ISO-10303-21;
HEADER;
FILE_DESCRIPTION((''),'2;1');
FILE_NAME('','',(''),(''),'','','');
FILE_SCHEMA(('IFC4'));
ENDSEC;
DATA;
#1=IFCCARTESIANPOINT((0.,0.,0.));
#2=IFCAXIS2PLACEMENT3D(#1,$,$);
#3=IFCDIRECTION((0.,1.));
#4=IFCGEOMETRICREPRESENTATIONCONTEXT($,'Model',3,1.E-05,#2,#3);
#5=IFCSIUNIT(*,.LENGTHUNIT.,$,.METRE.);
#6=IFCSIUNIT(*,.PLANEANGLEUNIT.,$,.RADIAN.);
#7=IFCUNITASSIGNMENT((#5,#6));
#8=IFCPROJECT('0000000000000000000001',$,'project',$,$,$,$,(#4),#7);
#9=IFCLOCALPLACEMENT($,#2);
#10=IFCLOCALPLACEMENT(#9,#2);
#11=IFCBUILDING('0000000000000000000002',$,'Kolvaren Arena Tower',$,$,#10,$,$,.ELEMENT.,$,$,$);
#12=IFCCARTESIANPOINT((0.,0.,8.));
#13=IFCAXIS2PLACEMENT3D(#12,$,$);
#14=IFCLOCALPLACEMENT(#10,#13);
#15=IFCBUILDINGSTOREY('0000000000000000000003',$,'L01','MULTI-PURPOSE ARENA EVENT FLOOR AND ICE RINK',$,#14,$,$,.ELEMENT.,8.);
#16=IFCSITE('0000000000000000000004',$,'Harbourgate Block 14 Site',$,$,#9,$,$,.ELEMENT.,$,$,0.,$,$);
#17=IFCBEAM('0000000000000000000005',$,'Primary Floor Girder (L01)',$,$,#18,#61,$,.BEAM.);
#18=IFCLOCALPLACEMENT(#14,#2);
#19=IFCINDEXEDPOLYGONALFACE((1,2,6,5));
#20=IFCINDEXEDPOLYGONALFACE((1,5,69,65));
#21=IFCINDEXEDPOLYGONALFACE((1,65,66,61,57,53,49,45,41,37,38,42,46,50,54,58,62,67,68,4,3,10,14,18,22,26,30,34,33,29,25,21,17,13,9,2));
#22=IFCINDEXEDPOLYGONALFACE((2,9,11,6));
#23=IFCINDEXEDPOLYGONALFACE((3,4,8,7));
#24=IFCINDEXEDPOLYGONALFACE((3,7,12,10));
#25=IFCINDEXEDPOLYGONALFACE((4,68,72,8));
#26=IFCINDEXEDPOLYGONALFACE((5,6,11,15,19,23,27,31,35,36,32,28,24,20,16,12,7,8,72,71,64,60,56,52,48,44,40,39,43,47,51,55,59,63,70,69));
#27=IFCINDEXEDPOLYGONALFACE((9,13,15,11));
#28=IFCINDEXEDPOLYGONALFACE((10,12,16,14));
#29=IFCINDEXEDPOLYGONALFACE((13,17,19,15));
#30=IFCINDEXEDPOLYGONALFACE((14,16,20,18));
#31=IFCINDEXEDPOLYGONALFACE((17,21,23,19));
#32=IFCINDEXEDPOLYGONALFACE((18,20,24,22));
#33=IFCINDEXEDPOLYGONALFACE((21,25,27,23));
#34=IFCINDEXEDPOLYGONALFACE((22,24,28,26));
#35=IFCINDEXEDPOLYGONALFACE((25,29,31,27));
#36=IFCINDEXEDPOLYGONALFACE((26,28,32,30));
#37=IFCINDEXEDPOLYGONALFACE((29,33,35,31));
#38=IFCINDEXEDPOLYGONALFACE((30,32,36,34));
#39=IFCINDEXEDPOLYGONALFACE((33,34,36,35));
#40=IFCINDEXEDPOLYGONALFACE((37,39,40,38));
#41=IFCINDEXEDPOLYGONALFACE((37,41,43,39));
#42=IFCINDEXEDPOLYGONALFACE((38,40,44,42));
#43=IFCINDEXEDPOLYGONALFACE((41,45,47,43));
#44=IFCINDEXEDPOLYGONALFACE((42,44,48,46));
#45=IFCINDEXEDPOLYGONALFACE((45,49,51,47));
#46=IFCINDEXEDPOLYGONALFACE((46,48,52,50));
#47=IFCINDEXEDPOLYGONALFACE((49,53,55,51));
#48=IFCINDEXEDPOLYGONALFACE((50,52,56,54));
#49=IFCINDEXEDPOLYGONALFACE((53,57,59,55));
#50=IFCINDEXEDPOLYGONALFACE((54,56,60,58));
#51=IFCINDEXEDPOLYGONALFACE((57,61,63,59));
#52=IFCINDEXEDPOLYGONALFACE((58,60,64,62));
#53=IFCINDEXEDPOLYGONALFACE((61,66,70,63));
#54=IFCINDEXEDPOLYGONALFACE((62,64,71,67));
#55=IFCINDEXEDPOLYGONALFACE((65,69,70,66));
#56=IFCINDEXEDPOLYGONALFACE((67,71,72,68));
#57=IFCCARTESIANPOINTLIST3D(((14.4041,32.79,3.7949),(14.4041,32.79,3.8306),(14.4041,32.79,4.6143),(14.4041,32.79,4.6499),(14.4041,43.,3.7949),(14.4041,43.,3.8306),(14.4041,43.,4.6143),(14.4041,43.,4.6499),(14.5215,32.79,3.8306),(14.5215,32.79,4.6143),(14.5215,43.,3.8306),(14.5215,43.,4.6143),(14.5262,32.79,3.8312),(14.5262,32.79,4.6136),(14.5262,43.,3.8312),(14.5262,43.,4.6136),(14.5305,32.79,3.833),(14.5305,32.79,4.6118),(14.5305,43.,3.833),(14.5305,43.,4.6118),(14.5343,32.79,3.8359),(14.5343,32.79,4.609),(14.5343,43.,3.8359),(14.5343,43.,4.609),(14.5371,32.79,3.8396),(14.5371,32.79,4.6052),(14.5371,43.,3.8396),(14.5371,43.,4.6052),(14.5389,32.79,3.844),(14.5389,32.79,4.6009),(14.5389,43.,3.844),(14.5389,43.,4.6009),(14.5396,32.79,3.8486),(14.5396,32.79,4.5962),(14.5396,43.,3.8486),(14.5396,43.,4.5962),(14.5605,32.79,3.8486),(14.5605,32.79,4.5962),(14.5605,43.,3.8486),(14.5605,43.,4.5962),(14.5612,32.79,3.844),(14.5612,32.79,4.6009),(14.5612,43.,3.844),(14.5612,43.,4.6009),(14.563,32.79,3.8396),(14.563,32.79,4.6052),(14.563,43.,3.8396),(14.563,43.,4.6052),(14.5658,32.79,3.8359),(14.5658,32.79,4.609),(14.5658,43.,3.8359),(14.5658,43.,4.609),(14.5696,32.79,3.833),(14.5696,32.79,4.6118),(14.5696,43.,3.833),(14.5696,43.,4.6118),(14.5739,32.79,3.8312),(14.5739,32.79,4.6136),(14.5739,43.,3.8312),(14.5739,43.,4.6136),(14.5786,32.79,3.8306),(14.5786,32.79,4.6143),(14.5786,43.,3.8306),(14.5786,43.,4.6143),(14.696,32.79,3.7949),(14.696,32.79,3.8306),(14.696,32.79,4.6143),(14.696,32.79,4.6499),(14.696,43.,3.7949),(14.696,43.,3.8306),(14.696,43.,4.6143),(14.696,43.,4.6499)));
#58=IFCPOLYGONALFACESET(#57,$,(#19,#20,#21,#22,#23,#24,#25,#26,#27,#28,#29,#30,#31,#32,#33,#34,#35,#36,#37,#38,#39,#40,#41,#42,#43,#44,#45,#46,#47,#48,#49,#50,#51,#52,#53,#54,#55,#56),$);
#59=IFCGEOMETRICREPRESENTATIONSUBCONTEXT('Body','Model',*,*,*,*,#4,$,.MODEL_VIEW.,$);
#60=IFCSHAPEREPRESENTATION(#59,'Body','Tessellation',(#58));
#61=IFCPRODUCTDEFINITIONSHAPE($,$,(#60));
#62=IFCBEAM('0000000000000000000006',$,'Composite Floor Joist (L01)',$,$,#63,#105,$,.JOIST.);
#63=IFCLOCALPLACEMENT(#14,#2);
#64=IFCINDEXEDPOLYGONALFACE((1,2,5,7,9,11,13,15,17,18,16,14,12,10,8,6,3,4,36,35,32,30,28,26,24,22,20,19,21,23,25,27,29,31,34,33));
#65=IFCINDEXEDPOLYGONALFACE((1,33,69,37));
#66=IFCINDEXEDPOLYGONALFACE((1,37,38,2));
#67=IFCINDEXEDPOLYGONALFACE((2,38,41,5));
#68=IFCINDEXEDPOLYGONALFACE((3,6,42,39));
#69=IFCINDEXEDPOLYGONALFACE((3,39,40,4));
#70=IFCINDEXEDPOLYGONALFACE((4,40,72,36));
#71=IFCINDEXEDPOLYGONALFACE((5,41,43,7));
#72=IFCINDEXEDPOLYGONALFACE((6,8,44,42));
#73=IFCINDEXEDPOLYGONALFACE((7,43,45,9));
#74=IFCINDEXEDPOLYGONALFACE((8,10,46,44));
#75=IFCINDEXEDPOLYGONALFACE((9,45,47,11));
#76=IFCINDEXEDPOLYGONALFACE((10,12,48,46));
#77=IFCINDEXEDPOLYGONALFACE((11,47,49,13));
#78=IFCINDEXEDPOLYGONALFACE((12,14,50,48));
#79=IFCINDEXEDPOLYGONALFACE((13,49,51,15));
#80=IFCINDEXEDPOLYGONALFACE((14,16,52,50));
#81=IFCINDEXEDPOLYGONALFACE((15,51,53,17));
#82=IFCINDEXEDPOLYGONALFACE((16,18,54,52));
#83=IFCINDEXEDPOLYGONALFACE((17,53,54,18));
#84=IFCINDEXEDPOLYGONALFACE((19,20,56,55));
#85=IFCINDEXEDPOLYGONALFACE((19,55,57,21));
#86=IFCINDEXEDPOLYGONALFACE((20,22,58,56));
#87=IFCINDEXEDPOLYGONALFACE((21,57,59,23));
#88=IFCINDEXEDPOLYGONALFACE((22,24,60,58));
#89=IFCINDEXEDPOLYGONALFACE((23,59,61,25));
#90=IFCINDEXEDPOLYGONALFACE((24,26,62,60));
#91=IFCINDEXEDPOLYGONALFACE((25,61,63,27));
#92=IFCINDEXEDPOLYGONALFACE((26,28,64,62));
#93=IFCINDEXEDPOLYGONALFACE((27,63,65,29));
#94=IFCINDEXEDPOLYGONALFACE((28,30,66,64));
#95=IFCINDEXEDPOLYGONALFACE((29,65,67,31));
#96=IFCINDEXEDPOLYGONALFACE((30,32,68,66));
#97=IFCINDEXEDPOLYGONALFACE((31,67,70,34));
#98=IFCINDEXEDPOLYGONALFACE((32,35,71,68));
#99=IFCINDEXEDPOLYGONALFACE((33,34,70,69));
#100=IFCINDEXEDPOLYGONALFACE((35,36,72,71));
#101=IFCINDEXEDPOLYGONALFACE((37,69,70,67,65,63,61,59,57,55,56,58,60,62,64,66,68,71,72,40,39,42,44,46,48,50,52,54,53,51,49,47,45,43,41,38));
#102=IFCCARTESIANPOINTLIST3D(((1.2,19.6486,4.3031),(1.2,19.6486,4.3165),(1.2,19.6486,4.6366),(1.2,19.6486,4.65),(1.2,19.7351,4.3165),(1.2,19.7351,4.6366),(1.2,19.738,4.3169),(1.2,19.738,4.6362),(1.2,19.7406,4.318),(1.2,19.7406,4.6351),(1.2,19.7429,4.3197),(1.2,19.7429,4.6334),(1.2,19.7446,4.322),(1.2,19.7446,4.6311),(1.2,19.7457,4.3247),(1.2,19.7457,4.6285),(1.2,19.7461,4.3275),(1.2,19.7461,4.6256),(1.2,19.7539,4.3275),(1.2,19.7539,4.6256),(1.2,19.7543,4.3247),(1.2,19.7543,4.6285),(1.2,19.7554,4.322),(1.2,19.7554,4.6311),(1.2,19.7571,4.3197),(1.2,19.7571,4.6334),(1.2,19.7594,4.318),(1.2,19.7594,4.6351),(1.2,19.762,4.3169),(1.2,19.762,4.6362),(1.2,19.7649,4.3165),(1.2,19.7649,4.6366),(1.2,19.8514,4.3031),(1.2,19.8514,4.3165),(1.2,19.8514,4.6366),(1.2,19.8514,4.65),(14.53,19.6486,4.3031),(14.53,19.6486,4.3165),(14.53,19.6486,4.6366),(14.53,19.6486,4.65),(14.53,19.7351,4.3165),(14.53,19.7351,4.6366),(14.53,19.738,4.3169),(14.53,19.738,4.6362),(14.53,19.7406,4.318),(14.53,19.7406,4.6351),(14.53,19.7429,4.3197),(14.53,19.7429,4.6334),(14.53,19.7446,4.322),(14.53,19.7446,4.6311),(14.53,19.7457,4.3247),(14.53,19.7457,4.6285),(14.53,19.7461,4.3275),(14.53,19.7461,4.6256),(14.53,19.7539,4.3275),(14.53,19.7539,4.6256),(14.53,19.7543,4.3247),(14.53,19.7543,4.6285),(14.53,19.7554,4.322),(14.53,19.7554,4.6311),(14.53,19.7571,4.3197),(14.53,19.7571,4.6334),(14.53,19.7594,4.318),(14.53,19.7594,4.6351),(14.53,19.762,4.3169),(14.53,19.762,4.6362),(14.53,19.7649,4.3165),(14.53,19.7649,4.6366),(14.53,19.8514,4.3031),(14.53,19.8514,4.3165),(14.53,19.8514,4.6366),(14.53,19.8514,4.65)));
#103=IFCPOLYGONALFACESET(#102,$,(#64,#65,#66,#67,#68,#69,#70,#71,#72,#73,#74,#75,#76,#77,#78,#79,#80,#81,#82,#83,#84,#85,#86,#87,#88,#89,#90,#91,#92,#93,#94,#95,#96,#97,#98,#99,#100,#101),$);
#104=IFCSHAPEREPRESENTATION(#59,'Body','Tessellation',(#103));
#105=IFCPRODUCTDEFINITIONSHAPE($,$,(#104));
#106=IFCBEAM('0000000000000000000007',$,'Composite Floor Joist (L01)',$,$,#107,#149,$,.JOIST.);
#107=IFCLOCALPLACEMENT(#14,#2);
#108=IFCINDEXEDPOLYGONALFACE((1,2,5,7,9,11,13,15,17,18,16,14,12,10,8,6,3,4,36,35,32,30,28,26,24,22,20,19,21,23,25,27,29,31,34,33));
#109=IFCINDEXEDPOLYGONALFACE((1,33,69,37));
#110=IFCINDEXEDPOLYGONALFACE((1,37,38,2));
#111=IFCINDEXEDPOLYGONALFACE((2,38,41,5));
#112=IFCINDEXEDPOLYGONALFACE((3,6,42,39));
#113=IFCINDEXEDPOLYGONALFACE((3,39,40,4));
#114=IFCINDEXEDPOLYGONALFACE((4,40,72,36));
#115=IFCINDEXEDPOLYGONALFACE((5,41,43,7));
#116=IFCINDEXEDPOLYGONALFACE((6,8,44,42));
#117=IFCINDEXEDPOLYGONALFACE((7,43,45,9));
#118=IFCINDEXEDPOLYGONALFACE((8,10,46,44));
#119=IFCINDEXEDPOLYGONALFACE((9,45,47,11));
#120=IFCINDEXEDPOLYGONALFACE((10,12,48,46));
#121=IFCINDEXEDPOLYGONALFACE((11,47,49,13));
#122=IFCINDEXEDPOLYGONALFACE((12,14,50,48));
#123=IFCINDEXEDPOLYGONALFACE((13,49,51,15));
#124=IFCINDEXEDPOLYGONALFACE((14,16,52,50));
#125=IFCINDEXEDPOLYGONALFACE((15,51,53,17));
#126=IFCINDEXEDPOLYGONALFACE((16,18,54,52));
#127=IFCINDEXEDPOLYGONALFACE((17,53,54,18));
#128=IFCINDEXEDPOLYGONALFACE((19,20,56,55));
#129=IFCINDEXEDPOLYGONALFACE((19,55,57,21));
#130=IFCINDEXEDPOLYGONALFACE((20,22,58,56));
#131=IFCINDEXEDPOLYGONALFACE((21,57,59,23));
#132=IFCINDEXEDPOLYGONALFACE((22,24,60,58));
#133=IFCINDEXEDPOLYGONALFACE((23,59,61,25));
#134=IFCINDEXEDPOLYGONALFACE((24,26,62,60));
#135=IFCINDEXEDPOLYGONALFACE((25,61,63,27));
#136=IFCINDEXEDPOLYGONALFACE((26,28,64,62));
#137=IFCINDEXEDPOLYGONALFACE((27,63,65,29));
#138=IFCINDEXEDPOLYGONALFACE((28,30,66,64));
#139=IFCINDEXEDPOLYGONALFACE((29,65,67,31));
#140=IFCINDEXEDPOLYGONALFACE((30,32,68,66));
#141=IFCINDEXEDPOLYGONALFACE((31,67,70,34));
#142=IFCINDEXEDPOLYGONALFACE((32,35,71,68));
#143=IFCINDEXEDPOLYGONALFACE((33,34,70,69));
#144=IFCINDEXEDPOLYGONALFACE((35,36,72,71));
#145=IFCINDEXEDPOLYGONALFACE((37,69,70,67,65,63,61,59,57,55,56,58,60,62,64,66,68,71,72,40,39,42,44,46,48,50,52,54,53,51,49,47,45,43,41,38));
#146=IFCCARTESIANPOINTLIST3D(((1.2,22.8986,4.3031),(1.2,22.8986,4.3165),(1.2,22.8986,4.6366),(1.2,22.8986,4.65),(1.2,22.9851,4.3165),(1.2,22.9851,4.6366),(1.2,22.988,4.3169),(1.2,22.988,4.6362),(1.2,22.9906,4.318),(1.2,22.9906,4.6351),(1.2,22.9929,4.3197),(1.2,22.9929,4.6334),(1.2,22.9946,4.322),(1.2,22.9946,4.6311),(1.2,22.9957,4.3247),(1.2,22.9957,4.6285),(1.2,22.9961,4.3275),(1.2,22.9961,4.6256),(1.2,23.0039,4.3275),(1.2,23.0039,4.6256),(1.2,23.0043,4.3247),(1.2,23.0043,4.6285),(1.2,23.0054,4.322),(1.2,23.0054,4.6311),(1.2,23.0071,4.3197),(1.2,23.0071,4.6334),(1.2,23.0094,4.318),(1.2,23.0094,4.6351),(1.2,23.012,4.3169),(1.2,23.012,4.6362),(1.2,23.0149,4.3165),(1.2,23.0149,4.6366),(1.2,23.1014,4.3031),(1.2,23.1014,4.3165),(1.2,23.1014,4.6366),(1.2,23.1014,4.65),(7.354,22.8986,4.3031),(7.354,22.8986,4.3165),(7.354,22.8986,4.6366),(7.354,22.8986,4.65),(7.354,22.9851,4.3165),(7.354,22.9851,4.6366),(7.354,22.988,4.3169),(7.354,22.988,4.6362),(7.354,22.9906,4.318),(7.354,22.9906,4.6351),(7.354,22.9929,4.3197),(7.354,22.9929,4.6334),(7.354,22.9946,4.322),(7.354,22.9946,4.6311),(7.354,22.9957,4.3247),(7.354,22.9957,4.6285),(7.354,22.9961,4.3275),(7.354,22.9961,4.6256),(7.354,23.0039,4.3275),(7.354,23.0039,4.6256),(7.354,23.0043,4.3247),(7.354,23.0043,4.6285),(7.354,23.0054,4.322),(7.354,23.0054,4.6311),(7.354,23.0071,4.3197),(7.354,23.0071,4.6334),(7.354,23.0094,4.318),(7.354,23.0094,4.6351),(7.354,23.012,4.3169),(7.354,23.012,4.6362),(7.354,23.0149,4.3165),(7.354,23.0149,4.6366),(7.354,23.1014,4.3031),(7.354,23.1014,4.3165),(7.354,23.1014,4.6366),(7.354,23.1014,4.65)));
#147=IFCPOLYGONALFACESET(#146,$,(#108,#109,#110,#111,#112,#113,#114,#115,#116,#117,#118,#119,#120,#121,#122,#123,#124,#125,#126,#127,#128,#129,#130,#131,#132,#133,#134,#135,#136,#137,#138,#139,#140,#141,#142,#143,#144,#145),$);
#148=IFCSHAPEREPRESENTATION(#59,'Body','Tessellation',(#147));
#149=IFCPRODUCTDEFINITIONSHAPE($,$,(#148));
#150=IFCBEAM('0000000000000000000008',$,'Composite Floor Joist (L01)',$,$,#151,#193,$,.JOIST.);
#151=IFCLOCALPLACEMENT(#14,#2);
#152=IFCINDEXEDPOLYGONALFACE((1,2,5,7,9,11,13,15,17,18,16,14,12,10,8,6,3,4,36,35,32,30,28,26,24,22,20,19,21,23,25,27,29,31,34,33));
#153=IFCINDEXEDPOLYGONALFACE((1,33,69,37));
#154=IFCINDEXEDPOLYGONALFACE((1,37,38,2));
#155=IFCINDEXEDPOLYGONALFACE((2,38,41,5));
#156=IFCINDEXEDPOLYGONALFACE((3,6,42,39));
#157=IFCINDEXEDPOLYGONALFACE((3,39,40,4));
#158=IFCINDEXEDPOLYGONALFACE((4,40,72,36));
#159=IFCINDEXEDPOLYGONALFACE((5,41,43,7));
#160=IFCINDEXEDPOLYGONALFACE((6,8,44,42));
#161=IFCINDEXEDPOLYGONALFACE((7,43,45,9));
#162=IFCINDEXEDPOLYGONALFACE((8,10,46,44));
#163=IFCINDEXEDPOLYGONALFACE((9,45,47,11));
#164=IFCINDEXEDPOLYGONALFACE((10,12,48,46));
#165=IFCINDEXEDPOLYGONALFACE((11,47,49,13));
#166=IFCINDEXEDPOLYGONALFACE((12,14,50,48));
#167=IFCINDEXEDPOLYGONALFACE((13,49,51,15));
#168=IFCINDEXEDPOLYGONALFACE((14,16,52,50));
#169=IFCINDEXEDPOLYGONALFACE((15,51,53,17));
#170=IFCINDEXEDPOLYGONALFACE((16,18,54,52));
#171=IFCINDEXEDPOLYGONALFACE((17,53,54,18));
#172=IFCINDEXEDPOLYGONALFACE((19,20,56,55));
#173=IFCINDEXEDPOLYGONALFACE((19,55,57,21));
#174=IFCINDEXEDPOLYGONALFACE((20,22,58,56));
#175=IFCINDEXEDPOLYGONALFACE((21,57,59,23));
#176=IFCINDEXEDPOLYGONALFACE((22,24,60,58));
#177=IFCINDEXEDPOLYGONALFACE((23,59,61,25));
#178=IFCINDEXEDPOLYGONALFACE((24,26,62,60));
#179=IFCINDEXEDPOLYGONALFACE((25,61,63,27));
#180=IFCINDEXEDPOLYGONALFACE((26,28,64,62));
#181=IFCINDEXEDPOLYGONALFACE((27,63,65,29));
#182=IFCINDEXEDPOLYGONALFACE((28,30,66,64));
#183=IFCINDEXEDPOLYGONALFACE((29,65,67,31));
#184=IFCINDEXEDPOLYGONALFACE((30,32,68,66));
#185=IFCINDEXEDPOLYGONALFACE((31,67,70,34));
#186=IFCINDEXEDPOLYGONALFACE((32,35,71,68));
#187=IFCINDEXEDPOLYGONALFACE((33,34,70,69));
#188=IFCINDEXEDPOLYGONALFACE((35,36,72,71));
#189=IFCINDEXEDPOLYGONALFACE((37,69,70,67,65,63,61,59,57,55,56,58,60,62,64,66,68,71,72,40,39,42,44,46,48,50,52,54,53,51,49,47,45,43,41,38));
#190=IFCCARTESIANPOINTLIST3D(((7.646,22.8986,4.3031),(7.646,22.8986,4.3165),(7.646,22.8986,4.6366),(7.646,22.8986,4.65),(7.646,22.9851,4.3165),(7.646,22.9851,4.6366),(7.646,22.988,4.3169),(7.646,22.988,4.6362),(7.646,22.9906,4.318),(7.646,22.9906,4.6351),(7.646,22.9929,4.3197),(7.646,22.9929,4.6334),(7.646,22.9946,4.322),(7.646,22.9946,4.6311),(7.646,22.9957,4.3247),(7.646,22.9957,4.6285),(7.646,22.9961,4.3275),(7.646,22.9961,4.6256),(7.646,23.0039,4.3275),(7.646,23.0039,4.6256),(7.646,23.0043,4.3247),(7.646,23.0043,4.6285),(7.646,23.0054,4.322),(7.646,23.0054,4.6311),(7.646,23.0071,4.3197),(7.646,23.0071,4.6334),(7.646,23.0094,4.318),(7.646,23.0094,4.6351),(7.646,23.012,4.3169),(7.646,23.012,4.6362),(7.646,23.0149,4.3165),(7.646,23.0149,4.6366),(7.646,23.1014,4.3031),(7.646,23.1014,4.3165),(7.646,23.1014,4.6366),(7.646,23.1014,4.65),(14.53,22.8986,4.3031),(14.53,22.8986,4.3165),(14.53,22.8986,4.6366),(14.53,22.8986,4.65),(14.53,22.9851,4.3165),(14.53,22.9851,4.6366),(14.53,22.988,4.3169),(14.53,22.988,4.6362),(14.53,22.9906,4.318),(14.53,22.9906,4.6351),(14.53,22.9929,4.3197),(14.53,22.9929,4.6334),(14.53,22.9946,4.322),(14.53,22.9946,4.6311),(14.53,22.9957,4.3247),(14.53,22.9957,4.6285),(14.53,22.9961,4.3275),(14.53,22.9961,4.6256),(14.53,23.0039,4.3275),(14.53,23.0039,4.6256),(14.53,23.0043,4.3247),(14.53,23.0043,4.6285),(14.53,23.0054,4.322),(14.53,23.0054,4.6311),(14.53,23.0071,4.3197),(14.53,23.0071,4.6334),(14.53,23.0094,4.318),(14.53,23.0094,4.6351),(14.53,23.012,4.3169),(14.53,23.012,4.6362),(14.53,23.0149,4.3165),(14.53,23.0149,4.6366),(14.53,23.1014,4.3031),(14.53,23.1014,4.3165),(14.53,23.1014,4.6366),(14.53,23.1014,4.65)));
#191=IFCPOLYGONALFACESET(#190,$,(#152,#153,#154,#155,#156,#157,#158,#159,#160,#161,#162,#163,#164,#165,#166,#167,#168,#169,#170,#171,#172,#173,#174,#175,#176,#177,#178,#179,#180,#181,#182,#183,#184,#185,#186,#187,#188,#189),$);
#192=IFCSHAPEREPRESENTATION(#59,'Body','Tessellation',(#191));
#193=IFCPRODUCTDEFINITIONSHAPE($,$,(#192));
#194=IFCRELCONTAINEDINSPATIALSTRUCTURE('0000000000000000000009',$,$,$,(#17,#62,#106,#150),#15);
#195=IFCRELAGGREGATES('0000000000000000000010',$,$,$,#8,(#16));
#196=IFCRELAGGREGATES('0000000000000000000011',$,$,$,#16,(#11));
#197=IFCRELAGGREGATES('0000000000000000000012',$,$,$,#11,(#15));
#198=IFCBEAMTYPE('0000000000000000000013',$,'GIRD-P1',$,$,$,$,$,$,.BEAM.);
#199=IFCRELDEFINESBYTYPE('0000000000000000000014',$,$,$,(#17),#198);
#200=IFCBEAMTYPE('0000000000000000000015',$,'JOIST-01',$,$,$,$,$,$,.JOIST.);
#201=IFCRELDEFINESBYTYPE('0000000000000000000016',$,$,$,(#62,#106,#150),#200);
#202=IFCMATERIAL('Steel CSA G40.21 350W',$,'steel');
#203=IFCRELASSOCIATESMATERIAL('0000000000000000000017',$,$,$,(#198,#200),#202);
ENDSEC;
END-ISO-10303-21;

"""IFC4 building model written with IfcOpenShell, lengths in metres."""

from ifc_helpers import new_model, si_unit, direction, frame, origin, origin_2d, place, context, subcontext, project, spatial, i_section, extrude, material, material_profile, profile_set, type_object, element, save


model = new_model("IFC4")

# Units and contexts
model_context = context("Model", 3, precision=1e-05, world=origin(), true_north=direction((0.0, 1.0)))
body_context = subcontext(model_context, "Body", "Model", "MODEL_VIEW")
ifc_project = project(units=[si_unit("LENGTHUNIT", "METRE"), si_unit("PLANEANGLEUNIT", "RADIAN")], contexts=[model_context])

# Site, building, storey
site_placement = place(None, origin())
site = spatial("IfcSite", under=ifc_project, at=site_placement, Name="Harbourgate Block 14 Site", CompositionType="ELEMENT", RefElevation=0.0)
building_placement = place(site_placement, origin())
building = spatial("IfcBuilding", under=site, at=building_placement, Name="Kolvaren Arena Tower", CompositionType="ELEMENT")
storey_placement = place(building_placement, frame((0.0, 0.0, 8.0)))
storey = spatial("IfcBuildingStorey", under=building, at=storey_placement, Name="L01", Description="MULTI-PURPOSE ARENA EVENT FLOOR AND ICE RINK", CompositionType="ELEMENT", Elevation=8.0)

# Beams
ifc_material_1 = material(Name="Steel CSA G40.21 350W", Category="steel")
ifc_material_profile_1 = material_profile(ifc_material_1, i_section(OverallWidth=0.292, OverallDepth=0.855, WebThickness=0.021, FlangeThickness=0.0356, FilletRadius=0.0181, at=origin_2d()), Name="W840x299")
ifc_profile_set_1 = profile_set([ifc_material_profile_1], Name="Steel CSA G40.21 350W")
beam_type_1 = type_object("IfcBeamType", Name="GIRD-P1", PredefinedType="BEAM", material=ifc_profile_set_1)
beam_1_placement = place(storey_placement, frame((14.55, 32.79, 4.2224), z_axis=(0.0, 1.0, 0.0), x_axis=(-1.0, 0.0, 0.0)))
element("IfcBeam", 1, at=beam_1_placement, inside=storey, type_object=beam_type_1, Name="Primary Floor Girder (L01)", PredefinedType="BEAM", context=body_context, shape_type="SweptSolid", body=[
    extrude(i_section(OverallWidth=0.292, OverallDepth=0.855, WebThickness=0.021, FlangeThickness=0.0356, FilletRadius=0.0181, at=origin_2d()), origin(), (0.0, 0.0, 1.0), 10.21),
])
ifc_material_profile_2 = material_profile(ifc_material_1, i_section(OverallWidth=0.2029, OverallDepth=0.3469, WebThickness=0.0078, FlangeThickness=0.0134, FilletRadius=0.011, at=origin_2d()), Name="W360x64")
ifc_profile_set_2 = profile_set([ifc_material_profile_2], Name="Steel CSA G40.21 350W")
beam_type_2 = type_object("IfcBeamType", Name="JOIST-01", PredefinedType="JOIST", material=ifc_profile_set_2)
beam_2_placement = place(storey_placement, frame((1.2, 19.75, 4.4766), z_axis=(1.0, 0.0, 0.0), x_axis=(0.0, 1.0, 0.0)))
element("IfcBeam", 2, at=beam_2_placement, inside=storey, type_object=beam_type_2, Name="Composite Floor Joist (L01)", PredefinedType="JOIST", context=body_context, shape_type="SweptSolid", body=[
    extrude(i_section(OverallWidth=0.2029, OverallDepth=0.3469, WebThickness=0.0078, FlangeThickness=0.0134, FilletRadius=0.011, at=origin_2d()), origin(), (0.0, 0.0, 1.0), 13.3301),
])
beam_3_placement = place(storey_placement, frame((1.2, 23.0, 4.4766), z_axis=(1.0, 0.0, 0.0), x_axis=(0.0, 1.0, 0.0)))
element("IfcBeam", 3, at=beam_3_placement, inside=storey, type_object=beam_type_2, Name="Composite Floor Joist (L01)", PredefinedType="JOIST", context=body_context, shape_type="SweptSolid", body=[
    extrude(i_section(OverallWidth=0.2029, OverallDepth=0.3469, WebThickness=0.0078, FlangeThickness=0.0134, FilletRadius=0.011, at=origin_2d()), origin(), (0.0, 0.0, 1.0), 6.1541),
])
beam_4_placement = place(storey_placement, frame((7.646, 23.0, 4.4766), z_axis=(1.0, 0.0, 0.0), x_axis=(0.0, 1.0, 0.0)))
element("IfcBeam", 4, at=beam_4_placement, inside=storey, type_object=beam_type_2, Name="Composite Floor Joist (L01)", PredefinedType="JOIST", context=body_context, shape_type="SweptSolid", body=[
    extrude(i_section(OverallWidth=0.2029, OverallDepth=0.3469, WebThickness=0.0078, FlangeThickness=0.0134, FilletRadius=0.011, at=origin_2d()), origin(), (0.0, 0.0, 1.0), 6.884),
])

save(model, "model.ifc")
